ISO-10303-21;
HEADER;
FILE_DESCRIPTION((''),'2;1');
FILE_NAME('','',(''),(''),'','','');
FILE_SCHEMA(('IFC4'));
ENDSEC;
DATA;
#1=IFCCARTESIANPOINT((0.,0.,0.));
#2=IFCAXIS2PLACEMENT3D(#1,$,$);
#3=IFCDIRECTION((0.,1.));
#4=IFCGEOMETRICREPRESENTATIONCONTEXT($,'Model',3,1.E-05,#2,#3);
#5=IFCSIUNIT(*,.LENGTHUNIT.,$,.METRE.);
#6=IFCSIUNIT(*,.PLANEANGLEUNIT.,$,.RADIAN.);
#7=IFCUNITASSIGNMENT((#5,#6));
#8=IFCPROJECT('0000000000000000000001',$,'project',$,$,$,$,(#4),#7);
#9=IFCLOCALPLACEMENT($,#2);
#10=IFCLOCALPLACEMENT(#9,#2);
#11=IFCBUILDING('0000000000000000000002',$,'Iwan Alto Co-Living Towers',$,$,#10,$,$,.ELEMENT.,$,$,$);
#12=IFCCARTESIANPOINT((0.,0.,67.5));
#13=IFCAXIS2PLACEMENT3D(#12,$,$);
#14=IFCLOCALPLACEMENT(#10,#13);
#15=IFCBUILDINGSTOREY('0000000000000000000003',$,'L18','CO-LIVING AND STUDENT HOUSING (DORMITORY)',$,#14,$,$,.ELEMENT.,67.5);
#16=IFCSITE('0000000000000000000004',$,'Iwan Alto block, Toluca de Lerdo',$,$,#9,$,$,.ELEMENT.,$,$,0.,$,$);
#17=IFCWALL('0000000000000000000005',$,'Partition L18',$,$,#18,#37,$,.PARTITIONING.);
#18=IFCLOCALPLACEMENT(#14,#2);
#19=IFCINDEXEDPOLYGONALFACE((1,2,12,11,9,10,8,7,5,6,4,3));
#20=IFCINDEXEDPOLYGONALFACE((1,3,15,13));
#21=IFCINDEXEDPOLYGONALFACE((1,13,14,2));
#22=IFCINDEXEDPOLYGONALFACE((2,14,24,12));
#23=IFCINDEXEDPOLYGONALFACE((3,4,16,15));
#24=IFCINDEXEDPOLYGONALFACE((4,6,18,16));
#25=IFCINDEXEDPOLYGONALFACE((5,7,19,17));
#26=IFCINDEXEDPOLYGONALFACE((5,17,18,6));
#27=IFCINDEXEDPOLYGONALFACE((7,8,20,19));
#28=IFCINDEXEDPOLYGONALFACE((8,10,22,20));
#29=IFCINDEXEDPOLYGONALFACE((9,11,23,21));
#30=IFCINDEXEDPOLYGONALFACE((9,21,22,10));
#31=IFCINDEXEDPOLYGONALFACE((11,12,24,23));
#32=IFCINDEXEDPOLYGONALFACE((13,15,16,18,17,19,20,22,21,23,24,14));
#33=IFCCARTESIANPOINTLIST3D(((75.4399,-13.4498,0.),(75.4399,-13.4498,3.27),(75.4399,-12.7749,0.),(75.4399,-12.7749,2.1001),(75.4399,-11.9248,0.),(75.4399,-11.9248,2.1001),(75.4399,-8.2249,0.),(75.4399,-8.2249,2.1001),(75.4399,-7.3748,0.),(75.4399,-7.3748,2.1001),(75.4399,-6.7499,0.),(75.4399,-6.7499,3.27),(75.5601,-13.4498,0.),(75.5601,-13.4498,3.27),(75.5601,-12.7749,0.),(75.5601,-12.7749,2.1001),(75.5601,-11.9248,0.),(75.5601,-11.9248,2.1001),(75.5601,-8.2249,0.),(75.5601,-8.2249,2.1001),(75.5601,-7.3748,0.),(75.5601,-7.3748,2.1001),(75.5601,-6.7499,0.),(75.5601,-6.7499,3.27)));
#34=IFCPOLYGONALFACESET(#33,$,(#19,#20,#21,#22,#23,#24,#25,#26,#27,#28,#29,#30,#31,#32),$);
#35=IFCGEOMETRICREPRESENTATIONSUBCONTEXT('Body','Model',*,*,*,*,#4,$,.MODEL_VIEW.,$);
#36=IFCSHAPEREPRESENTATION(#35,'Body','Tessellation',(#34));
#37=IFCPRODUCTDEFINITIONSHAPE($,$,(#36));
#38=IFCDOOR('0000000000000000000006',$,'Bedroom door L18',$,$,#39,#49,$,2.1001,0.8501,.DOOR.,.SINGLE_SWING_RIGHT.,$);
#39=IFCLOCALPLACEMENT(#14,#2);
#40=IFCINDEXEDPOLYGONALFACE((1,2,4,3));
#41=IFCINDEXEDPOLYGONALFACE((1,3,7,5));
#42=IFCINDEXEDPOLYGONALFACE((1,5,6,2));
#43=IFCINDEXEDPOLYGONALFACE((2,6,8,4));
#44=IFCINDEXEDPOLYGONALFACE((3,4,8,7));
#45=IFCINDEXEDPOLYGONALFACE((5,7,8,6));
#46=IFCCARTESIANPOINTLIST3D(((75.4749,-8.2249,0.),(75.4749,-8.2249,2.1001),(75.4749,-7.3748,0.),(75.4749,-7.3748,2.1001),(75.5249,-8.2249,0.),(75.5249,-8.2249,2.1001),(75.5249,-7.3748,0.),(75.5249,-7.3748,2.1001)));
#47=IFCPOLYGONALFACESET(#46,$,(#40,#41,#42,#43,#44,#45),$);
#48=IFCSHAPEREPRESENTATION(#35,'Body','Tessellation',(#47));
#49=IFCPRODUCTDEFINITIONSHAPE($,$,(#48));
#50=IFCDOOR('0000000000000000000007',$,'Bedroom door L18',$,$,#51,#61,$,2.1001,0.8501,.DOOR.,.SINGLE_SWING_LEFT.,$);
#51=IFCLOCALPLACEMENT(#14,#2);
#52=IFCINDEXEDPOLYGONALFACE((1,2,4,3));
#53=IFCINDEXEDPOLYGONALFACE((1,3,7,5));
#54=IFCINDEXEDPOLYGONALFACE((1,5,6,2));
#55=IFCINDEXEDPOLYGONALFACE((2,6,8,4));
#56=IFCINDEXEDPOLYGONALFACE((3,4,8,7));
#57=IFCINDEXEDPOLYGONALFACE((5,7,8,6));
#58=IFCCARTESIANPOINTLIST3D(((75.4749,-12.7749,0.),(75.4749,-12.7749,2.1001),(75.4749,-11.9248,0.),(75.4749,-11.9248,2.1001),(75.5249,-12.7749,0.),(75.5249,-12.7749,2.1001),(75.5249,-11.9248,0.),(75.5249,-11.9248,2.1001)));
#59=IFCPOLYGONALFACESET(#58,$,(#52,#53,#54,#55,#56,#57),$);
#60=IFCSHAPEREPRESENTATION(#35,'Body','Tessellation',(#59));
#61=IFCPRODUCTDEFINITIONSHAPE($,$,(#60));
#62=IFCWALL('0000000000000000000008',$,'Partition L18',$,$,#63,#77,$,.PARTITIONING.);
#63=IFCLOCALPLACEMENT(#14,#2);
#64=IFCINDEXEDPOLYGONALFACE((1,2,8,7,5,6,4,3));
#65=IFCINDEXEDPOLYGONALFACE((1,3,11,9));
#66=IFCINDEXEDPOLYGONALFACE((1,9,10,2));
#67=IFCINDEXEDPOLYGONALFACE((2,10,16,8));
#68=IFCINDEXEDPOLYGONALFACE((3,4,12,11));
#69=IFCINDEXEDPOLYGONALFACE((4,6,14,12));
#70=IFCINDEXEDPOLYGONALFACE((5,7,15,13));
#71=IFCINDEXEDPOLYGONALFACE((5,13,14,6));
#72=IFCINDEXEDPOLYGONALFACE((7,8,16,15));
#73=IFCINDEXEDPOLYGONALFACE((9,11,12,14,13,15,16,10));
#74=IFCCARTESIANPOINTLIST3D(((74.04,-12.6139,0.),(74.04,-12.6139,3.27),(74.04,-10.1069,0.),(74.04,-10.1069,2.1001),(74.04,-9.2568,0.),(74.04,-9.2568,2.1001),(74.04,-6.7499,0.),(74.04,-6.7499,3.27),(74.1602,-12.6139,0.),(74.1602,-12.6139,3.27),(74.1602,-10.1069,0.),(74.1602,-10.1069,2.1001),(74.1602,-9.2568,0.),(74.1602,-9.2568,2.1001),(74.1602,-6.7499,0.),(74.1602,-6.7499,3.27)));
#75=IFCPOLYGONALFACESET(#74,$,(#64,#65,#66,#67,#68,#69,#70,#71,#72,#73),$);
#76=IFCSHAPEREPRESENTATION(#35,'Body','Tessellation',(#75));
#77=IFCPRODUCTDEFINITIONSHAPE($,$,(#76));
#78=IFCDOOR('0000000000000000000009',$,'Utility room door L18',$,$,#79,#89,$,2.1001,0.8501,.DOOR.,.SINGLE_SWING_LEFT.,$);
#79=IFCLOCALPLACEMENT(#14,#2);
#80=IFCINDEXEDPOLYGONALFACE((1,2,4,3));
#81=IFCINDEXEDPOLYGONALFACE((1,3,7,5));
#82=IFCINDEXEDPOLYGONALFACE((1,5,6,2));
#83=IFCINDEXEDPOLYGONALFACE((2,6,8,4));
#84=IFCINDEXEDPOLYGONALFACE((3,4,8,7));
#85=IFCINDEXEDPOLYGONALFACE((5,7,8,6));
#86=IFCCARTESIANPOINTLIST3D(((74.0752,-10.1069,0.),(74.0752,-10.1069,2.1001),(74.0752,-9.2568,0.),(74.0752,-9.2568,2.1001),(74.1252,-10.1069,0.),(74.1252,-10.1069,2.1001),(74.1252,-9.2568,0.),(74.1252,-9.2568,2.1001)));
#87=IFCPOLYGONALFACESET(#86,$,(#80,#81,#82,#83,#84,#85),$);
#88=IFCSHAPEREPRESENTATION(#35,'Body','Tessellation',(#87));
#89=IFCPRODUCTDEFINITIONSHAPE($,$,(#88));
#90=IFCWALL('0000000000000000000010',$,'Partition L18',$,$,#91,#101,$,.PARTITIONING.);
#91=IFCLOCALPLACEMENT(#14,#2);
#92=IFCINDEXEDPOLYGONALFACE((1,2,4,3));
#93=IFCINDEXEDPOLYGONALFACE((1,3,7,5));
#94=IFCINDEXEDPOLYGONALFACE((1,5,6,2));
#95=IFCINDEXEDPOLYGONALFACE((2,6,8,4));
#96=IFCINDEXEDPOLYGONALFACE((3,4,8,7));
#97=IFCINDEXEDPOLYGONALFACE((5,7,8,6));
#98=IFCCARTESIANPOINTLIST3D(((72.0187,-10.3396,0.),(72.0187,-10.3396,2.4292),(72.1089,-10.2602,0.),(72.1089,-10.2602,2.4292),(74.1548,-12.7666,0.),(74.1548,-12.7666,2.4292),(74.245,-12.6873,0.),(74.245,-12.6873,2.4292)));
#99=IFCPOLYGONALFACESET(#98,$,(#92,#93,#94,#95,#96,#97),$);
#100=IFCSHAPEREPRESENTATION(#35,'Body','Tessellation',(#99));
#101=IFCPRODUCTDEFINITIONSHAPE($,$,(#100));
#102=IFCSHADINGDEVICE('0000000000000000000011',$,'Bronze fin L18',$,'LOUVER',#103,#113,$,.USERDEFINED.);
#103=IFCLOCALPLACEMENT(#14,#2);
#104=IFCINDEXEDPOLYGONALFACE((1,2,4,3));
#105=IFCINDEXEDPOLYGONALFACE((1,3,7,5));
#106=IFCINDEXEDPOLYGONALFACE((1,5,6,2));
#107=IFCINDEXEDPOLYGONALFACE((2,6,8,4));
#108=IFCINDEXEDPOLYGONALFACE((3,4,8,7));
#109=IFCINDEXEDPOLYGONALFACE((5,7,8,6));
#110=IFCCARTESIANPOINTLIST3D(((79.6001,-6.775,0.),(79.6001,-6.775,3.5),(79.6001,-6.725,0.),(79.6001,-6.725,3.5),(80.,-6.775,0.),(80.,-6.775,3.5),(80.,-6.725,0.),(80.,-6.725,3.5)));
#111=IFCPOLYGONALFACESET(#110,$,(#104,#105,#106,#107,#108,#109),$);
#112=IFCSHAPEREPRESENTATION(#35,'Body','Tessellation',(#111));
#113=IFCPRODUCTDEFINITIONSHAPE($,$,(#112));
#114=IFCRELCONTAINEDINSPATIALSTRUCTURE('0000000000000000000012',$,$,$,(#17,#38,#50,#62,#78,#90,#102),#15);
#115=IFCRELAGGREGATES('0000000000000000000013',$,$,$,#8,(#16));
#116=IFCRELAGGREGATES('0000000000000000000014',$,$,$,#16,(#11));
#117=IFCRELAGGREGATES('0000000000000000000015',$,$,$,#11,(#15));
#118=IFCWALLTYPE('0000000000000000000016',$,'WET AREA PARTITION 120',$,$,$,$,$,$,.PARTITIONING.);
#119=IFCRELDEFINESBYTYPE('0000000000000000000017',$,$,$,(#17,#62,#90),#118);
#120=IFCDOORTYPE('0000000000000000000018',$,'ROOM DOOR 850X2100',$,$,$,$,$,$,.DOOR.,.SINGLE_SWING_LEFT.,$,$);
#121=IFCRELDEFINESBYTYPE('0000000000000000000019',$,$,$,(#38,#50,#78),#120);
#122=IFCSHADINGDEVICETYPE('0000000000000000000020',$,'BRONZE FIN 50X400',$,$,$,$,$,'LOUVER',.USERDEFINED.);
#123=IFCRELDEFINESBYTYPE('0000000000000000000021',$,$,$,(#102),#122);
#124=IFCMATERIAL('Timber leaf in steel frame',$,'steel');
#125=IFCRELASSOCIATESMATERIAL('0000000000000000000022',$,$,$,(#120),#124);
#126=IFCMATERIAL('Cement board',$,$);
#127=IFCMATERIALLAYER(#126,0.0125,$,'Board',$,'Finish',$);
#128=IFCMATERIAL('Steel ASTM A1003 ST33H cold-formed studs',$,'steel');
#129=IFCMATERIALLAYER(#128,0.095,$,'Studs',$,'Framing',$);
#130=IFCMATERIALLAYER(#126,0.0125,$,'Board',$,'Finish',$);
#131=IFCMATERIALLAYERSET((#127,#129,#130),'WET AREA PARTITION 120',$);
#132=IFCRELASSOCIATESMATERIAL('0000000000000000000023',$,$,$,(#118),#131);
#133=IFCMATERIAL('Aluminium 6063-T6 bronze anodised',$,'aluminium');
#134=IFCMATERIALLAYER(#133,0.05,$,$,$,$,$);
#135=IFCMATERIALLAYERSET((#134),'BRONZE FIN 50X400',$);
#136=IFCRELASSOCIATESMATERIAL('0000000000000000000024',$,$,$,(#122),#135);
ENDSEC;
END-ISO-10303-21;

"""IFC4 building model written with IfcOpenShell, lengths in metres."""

from ifc_helpers import new_model, si_unit, direction, frame, frame_2d, origin, origin_2d, place, context, subcontext, project, spatial, rectangle, extrude, material, layer, layer_set, type_object, element, fill, save


model = new_model("IFC4")

# Units and contexts
model_context = context("Model", 3, precision=1e-05, world=origin(), true_north=direction((0.0, 1.0)))
body_context = subcontext(model_context, "Body", "Model", "MODEL_VIEW")
ifc_project = project(units=[si_unit("LENGTHUNIT", "METRE"), si_unit("PLANEANGLEUNIT", "RADIAN")], contexts=[model_context])

# Site, building, storey
site_placement = place(None, origin())
site = spatial("IfcSite", under=ifc_project, at=site_placement, Name="Iwan Alto block, Toluca de Lerdo", CompositionType="ELEMENT", RefElevation=0.0)
building_placement = place(site_placement, origin())
building = spatial("IfcBuilding", under=site, at=building_placement, Name="Iwan Alto Co-Living Towers", CompositionType="ELEMENT")
storey_placement = place(building_placement, frame((0.0, 0.0, 67.5)))
storey = spatial("IfcBuildingStorey", under=building, at=storey_placement, Name="L18", Description="CO-LIVING AND STUDENT HOUSING (DORMITORY)", CompositionType="ELEMENT", Elevation=67.5)

# Shared definitions
ifc_material_1 = material(Name="Steel ASTM A1003 ST33H cold-formed studs", Category="steel")

# Shared definitions
ifc_material_2 = material(Name="Timber leaf in steel frame", Category="steel")
door_type = type_object("IfcDoorType", Name="ROOM DOOR 850X2100", OperationType="SINGLE_SWING_LEFT", PredefinedType="DOOR", material=ifc_material_2)

# Shared definitions
ifc_material_3 = material(Name="Cement board")
ifc_layer_1 = layer(ifc_material_3, 0.0125, Name="Board", Category="Finish")
ifc_layer_2 = layer(ifc_material_1, 0.095, Name="Studs", Category="Framing")
ifc_layer_3 = layer(ifc_material_3, 0.0125, Name="Board", Category="Finish")
ifc_layer_set_1 = layer_set([ifc_layer_1, ifc_layer_2, ifc_layer_3], Name="WET AREA PARTITION 120")
wall_type_1 = type_object("IfcWallType", Name="WET AREA PARTITION 120", PredefinedType="PARTITIONING", material=ifc_layer_set_1)

# Wall, openings, doors
wall_1_placement = place(storey_placement, frame((75.5, -13.45, 0.0), z_axis=(0.0, 0.0, 1.0), x_axis=(0.0, 1.0, 0.0)))
wall_1 = element("IfcWall", 1, at=wall_1_placement, inside=storey, type_object=wall_type_1, Name="Partition L18", PredefinedType="PARTITIONING", context=body_context, shape_type="SweptSolid", body=[
    extrude(rectangle(XDim=6.7, YDim=0.1201, at=frame_2d((3.3501, 0.0))), origin(), (0.0, 0.0, 1.0), 3.27),
])
opening_1_placement = place(wall_1_placement, frame((5.2251, 0.0, 0.0)))
opening_1 = element("IfcOpeningElement", 2, at=opening_1_placement, cuts=wall_1, PredefinedType="OPENING", context=body_context, shape_type="SweptSolid", body=[
    extrude(rectangle(XDim=0.8501, YDim=2.1001, at=frame_2d((0.425, 1.05))), frame((0.0, 0.0701, 0.0), z_axis=(0.0, -1.0, 0.0), x_axis=(1.0, 0.0, 0.0)), (0.0, 0.0, 1.0), 0.1401),
])
opening_2_placement = place(wall_1_placement, frame((0.675, 0.0, 0.0)))
opening_2 = element("IfcOpeningElement", 3, at=opening_2_placement, cuts=wall_1, PredefinedType="OPENING", context=body_context, shape_type="SweptSolid", body=[
    extrude(rectangle(XDim=0.8501, YDim=2.1001, at=frame_2d((0.425, 1.05))), frame((0.0, 0.0701, 0.0), z_axis=(0.0, -1.0, 0.0), x_axis=(1.0, 0.0, 0.0)), (0.0, 0.0, 1.0), 0.1401),
])
door_1_placement = place(opening_1_placement, frame((0.8501, 0.0, 0.0), z_axis=(0.0, 0.0, 1.0), x_axis=(-1.0, 0.0, 0.0)))
door_1 = element("IfcDoor", 4, at=door_1_placement, inside=storey, type_object=door_type, Name="Bedroom door L18", OperationType="SINGLE_SWING_RIGHT", OverallHeight=2.1001, OverallWidth=0.8501, PredefinedType="DOOR", context=body_context, shape_type="SweptSolid", body=[
    extrude(rectangle(XDim=0.8501, YDim=2.1001, at=frame_2d((0.425, 1.05))), frame((0.0, 0.0249, 0.0), z_axis=(0.0, -1.0, 0.0), x_axis=(1.0, 0.0, 0.0)), (0.0, 0.0, 1.0), 0.05),
])
fill(opening_1, door_1)
door_2_placement = place(opening_2_placement, frame((0.8501, 0.0, 0.0), z_axis=(0.0, 0.0, 1.0), x_axis=(-1.0, 0.0, 0.0)))
door_2 = element("IfcDoor", 5, at=door_2_placement, inside=storey, type_object=door_type, Name="Bedroom door L18", OperationType="SINGLE_SWING_LEFT", OverallHeight=2.1001, OverallWidth=0.8501, PredefinedType="DOOR", context=body_context, shape_type="SweptSolid", body=[
    extrude(rectangle(XDim=0.8501, YDim=2.1001, at=frame_2d((0.425, 1.05))), frame((0.0, 0.0249, 0.0), z_axis=(0.0, -1.0, 0.0), x_axis=(1.0, 0.0, 0.0)), (0.0, 0.0, 1.0), 0.05),
])
fill(opening_2, door_2)

# Wall, opening, door
wall_2_placement = place(storey_placement, frame((74.1001, -12.614, 0.0), z_axis=(0.0, 0.0, 1.0), x_axis=(0.0, 1.0, 0.0)))
wall_2 = element("IfcWall", 6, at=wall_2_placement, inside=storey, type_object=wall_type_1, Name="Partition L18", PredefinedType="PARTITIONING", context=body_context, shape_type="SweptSolid", body=[
    extrude(rectangle(XDim=5.864, YDim=0.1201, at=frame_2d((2.9321, 0.0))), origin(), (0.0, 0.0, 1.0), 3.27),
])
opening_3_placement = place(wall_2_placement, frame((2.5071, 0.0, 0.0)))
opening_3 = element("IfcOpeningElement", 7, at=opening_3_placement, cuts=wall_2, PredefinedType="OPENING", context=body_context, shape_type="SweptSolid", body=[
    extrude(rectangle(XDim=0.8501, YDim=2.1001, at=frame_2d((0.425, 1.05))), frame((0.0, 0.0701, 0.0), z_axis=(0.0, -1.0, 0.0), x_axis=(1.0, 0.0, 0.0)), (0.0, 0.0, 1.0), 0.1401),
])
door_3_placement = place(opening_3_placement, origin())
door_3 = element("IfcDoor", 8, at=door_3_placement, inside=storey, type_object=door_type, Name="Utility room door L18", OperationType="SINGLE_SWING_LEFT", OverallHeight=2.1001, OverallWidth=0.8501, PredefinedType="DOOR", context=body_context, shape_type="SweptSolid", body=[
    extrude(rectangle(XDim=0.8501, YDim=2.1001, at=frame_2d((0.425, 1.05))), frame((0.0, 0.0249, 0.0), z_axis=(0.0, -1.0, 0.0), x_axis=(1.0, 0.0, 0.0)), (0.0, 0.0, 1.0), 0.05),
])
fill(opening_3, door_3)

# Wall
wall_3_placement = place(storey_placement, frame((74.2, -12.7271, 0.0), z_axis=(0.0, 0.0, 1.0), x_axis=(-0.660667, 0.750679, 0.0)))
element("IfcWall", 9, at=wall_3_placement, inside=storey, type_object=wall_type_1, Name="Partition L18", PredefinedType="PARTITIONING", context=body_context, shape_type="SweptSolid", body=[
    extrude(rectangle(XDim=3.2332, YDim=0.1201, at=frame_2d((1.6167, 0.0))), origin(), (0.0, 0.0, 1.0), 2.4292),
])

# Shading device
ifc_material_4 = material(Name="Aluminium 6063-T6 bronze anodised", Category="aluminium")
ifc_layer_4 = layer(ifc_material_4, 0.05)
ifc_layer_set_2 = layer_set([ifc_layer_4], Name="BRONZE FIN 50X400")
shading_device_type = type_object("IfcShadingDeviceType", Name="BRONZE FIN 50X400", ElementType="LOUVER", PredefinedType="USERDEFINED", material=ifc_layer_set_2)
shading_device_placement = place(storey_placement, frame((79.8, -6.75, 0.0), z_axis=(0.0, 0.0, 1.0), x_axis=(0.0, 1.0, 0.0)))
element("IfcShadingDevice", 10, at=shading_device_placement, inside=storey, type_object=shading_device_type, Name="Bronze fin L18", ObjectType="LOUVER", PredefinedType="USERDEFINED", context=body_context, shape_type="SweptSolid", body=[
    extrude(rectangle(XDim=0.05, YDim=0.3999, at=origin_2d()), origin(), (0.0, 0.0, 1.0), 3.5),
])

save(model, "model.ifc")
